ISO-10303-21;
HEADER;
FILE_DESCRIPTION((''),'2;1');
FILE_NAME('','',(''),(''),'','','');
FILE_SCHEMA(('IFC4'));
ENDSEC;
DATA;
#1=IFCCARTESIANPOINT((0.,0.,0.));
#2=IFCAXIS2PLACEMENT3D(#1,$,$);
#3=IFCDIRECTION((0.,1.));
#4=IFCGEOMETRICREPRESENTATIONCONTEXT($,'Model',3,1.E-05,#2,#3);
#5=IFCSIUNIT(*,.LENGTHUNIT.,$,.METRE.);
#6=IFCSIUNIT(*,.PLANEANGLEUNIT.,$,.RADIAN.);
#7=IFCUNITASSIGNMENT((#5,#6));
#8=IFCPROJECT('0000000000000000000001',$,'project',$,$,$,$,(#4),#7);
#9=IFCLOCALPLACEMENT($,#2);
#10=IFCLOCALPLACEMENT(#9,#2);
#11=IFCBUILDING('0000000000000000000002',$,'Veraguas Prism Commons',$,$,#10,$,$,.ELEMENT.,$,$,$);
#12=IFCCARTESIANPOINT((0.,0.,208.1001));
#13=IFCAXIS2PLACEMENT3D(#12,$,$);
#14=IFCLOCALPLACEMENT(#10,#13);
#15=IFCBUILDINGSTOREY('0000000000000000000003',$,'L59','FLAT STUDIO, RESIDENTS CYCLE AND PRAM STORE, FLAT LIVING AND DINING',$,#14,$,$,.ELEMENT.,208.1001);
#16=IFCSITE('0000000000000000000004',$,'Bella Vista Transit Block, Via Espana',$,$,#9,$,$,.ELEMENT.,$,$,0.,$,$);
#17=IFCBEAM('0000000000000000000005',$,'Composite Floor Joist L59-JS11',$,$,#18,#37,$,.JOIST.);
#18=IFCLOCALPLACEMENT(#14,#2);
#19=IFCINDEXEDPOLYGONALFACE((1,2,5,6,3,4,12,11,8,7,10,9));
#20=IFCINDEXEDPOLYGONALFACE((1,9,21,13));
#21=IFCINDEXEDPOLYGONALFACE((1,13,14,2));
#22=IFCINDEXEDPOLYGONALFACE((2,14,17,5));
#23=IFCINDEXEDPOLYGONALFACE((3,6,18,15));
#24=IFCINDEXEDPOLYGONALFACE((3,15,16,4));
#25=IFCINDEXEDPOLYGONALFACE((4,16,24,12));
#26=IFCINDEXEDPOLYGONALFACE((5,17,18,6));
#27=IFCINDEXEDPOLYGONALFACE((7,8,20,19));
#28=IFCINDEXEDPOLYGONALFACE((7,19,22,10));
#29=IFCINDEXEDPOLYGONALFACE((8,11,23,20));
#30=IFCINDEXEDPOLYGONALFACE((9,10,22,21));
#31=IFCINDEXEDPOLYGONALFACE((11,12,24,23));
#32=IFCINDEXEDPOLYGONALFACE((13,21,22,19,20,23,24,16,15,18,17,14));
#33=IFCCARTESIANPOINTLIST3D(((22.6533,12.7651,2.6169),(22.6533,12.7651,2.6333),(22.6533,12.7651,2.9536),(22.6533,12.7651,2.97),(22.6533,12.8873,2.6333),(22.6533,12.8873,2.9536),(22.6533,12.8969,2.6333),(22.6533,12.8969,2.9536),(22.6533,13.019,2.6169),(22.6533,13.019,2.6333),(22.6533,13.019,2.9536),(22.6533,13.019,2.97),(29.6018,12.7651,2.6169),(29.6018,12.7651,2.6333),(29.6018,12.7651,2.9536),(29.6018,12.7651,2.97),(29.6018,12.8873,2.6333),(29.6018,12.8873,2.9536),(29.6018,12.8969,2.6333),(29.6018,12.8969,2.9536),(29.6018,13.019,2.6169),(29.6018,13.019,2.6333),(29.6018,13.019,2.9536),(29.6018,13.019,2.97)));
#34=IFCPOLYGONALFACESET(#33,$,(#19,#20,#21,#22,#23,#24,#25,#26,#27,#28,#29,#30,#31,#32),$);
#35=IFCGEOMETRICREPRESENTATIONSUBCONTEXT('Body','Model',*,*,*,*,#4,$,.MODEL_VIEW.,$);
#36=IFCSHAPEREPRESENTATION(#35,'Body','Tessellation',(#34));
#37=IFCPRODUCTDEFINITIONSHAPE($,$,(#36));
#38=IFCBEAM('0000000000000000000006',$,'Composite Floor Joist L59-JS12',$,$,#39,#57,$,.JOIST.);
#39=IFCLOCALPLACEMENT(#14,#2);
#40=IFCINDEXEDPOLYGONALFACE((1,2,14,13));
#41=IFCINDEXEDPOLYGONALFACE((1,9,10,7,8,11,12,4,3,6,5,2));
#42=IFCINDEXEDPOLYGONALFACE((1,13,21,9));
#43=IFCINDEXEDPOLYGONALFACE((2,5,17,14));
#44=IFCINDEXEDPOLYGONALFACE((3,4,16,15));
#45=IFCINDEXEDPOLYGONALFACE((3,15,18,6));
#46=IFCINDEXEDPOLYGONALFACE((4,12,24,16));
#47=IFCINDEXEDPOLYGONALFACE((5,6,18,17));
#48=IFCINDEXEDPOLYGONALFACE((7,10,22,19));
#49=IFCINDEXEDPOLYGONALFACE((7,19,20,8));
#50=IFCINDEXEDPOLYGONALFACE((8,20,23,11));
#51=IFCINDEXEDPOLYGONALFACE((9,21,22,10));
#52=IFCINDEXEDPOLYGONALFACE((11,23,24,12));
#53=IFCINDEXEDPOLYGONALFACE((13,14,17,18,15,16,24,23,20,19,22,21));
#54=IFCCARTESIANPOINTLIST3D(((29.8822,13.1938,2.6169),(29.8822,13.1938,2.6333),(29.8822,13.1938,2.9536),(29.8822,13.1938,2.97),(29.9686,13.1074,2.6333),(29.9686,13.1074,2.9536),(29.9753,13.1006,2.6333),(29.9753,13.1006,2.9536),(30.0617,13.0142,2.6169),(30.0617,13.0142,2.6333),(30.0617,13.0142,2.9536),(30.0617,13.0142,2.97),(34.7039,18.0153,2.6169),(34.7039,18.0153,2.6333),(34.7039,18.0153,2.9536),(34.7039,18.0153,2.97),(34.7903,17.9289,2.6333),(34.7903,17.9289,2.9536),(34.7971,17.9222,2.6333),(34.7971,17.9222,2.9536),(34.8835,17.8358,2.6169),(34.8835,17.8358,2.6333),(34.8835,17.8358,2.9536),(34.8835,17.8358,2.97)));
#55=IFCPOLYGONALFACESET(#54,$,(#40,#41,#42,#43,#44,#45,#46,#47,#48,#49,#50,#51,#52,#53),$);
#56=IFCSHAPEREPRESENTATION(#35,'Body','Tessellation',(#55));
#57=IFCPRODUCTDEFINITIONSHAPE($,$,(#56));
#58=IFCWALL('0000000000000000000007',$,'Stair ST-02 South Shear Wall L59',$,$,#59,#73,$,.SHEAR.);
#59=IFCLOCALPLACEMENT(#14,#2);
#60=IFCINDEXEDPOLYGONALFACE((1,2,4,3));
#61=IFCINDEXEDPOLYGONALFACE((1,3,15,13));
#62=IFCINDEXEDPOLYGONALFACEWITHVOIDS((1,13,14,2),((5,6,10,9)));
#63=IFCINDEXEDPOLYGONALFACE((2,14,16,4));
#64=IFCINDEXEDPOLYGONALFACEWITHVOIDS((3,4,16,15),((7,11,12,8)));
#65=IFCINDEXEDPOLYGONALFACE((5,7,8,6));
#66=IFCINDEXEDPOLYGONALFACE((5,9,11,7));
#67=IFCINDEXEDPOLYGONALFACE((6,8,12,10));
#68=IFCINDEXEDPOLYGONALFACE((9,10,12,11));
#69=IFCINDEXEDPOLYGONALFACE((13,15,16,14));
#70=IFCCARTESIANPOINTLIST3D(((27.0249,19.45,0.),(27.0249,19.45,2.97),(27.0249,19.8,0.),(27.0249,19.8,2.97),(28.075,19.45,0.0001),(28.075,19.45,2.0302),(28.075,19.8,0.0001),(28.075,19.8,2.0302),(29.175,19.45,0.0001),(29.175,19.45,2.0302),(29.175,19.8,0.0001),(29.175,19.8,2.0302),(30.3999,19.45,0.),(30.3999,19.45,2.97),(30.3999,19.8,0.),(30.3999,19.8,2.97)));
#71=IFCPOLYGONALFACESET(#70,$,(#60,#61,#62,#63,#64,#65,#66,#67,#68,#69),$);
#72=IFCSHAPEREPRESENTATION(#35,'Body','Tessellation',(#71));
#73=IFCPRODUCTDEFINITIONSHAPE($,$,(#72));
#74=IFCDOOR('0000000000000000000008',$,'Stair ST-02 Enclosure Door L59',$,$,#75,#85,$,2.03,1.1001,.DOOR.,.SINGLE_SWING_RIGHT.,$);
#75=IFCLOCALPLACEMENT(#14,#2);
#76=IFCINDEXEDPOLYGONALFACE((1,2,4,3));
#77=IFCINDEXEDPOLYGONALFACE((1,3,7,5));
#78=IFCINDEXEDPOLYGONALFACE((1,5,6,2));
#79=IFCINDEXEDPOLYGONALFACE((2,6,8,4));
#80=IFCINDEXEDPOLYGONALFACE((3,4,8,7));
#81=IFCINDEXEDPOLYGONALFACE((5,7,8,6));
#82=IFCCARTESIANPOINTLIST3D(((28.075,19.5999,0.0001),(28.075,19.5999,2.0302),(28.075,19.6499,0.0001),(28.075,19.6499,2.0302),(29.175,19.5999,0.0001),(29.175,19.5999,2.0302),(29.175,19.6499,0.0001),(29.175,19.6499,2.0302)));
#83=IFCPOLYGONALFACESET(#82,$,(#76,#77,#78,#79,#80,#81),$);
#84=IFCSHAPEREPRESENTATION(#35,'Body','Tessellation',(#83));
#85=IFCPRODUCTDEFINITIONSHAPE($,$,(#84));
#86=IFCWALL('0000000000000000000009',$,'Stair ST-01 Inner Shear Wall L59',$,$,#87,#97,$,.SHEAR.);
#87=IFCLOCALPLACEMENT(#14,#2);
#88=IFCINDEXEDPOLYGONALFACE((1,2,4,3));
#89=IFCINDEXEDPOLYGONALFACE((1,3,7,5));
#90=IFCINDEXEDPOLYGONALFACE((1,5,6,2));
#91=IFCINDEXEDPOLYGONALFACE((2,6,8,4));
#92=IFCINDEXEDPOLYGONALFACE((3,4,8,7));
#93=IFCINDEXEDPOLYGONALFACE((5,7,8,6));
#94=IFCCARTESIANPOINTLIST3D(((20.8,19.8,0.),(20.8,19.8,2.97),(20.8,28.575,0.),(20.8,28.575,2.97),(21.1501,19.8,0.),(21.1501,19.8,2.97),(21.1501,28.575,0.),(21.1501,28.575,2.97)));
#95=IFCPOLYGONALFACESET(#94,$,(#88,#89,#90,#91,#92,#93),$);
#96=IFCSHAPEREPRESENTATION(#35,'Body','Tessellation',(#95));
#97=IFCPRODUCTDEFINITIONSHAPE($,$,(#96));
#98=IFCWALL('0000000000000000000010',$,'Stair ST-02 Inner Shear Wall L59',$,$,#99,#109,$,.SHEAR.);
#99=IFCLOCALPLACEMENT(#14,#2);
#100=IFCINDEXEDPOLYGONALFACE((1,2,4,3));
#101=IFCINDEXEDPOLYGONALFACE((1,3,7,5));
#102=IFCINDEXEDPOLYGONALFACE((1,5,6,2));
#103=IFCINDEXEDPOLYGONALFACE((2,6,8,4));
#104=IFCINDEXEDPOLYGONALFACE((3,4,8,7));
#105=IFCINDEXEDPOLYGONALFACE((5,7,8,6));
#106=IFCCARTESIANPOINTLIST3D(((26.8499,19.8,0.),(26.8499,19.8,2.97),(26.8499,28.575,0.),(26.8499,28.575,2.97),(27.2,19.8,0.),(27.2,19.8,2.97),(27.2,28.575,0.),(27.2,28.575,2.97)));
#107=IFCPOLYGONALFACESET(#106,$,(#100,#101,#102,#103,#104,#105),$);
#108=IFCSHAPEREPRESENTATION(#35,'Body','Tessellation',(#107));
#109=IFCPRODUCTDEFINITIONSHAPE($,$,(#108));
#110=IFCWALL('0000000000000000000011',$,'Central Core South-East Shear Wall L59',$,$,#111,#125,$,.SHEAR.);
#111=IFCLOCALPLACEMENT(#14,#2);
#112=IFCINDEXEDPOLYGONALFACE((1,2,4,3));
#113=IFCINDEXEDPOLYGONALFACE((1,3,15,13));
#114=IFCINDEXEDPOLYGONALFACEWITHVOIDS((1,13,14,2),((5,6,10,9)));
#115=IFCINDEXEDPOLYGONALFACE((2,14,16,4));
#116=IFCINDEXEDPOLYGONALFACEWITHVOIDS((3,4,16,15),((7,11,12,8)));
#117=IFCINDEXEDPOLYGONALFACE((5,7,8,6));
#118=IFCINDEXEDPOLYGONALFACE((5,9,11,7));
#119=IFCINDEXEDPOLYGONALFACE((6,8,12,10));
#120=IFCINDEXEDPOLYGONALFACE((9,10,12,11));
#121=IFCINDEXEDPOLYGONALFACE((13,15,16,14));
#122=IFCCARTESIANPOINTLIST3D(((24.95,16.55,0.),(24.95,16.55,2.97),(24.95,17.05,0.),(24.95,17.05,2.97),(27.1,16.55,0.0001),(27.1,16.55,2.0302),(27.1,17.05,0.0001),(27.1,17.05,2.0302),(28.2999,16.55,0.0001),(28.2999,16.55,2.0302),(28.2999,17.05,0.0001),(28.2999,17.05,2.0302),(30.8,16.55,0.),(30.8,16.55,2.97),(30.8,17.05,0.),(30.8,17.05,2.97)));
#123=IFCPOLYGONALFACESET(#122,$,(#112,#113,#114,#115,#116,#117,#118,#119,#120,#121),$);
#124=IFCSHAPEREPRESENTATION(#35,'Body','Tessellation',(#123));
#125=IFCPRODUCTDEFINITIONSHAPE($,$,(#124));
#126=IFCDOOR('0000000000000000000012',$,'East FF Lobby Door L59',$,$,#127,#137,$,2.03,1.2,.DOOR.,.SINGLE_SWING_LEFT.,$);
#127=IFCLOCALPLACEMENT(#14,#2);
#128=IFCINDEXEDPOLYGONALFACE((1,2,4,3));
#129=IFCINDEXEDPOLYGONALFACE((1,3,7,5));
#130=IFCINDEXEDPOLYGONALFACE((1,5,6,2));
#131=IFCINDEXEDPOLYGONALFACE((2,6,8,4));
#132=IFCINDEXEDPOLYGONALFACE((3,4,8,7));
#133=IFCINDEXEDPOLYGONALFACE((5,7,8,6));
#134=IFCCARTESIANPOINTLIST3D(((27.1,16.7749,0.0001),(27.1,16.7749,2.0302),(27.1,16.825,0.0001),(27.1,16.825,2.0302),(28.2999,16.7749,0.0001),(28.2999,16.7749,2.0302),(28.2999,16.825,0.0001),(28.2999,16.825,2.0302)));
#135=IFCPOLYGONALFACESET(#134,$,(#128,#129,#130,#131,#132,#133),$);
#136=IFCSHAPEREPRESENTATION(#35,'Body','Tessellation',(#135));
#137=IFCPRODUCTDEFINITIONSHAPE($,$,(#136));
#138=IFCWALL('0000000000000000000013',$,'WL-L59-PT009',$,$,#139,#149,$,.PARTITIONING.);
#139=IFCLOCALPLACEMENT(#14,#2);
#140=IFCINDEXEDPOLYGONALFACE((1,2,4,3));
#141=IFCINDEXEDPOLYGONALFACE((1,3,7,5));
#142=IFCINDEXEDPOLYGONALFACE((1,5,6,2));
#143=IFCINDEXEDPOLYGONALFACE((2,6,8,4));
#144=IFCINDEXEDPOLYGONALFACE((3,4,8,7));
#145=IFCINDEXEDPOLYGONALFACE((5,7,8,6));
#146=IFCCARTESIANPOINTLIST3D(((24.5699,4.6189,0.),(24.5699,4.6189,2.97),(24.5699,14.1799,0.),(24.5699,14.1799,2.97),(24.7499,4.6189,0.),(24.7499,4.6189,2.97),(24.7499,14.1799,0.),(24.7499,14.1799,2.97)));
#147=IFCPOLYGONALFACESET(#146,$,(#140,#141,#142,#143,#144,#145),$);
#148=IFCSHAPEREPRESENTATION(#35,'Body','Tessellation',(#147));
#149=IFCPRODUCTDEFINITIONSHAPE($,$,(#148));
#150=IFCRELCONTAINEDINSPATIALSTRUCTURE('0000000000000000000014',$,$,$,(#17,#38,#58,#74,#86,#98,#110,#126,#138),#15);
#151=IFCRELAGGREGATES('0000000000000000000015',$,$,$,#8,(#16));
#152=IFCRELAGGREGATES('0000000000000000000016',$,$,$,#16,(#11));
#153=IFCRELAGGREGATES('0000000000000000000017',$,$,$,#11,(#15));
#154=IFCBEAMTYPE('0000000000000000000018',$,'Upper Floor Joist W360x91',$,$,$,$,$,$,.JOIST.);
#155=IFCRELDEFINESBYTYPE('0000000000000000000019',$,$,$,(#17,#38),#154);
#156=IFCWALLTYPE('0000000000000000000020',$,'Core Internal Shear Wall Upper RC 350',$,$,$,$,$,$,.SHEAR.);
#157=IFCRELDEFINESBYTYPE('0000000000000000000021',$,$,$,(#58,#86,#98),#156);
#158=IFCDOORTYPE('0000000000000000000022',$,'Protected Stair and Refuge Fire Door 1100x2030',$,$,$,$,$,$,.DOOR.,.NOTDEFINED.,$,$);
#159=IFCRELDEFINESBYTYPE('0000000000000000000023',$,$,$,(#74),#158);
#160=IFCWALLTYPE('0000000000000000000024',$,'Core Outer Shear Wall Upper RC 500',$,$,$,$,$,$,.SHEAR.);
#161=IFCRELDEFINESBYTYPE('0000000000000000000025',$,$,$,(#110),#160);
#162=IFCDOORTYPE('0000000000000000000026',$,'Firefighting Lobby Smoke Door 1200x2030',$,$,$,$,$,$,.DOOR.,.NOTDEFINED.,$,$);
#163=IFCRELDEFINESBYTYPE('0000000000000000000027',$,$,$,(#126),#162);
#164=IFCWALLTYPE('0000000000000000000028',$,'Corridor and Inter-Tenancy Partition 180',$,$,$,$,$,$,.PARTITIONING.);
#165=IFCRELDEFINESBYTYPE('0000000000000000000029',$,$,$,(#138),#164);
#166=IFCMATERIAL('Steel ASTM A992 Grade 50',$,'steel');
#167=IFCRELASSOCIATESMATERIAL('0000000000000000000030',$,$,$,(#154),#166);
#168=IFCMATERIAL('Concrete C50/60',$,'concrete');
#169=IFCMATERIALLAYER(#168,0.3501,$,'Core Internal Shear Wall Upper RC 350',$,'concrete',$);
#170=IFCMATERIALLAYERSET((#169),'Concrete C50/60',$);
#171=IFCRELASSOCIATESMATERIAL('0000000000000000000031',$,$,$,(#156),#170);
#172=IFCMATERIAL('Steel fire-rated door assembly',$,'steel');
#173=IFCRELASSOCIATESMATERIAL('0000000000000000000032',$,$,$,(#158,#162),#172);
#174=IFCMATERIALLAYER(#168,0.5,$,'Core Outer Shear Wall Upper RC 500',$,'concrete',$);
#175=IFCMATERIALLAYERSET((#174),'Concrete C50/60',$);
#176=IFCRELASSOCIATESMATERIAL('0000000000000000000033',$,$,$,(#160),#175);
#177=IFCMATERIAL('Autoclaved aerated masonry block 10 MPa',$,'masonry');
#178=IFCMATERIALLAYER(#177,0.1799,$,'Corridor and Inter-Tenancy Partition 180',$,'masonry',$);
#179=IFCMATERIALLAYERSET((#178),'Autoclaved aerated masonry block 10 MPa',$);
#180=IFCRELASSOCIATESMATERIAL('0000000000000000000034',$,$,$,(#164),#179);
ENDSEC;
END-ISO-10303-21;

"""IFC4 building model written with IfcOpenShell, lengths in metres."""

from ifc_helpers import new_model, si_unit, direction, frame, frame_2d, origin, origin_2d, place, context, subcontext, project, spatial, rectangle, i_section, extrude, source, transform, mapped, material, layer, layer_set, material_profile, profile_set, type_object, element, fill, save


model = new_model("IFC4")

# Units and contexts
model_context = context("Model", 3, precision=1e-05, world=origin(), true_north=direction((0.0, 1.0)))
body_context = subcontext(model_context, "Body", "Model", "MODEL_VIEW")
ifc_project = project(units=[si_unit("LENGTHUNIT", "METRE"), si_unit("PLANEANGLEUNIT", "RADIAN")], contexts=[model_context])

# Site, building, storey
site_placement = place(None, origin())
site = spatial("IfcSite", under=ifc_project, at=site_placement, Name="Bella Vista Transit Block, Via Espana", CompositionType="ELEMENT", RefElevation=0.0)
building_placement = place(site_placement, origin())
building = spatial("IfcBuilding", under=site, at=building_placement, Name="Veraguas Prism Commons", CompositionType="ELEMENT")
storey_placement = place(building_placement, frame((0.0, 0.0, 208.1001)))
storey = spatial("IfcBuildingStorey", under=building, at=storey_placement, Name="L59", Description="FLAT STUDIO, RESIDENTS CYCLE AND PRAM STORE, FLAT LIVING AND DINING", CompositionType="ELEMENT", Elevation=208.1001)

# Beams
ifc_material_1 = material(Name="Steel ASTM A992 Grade 50", Category="steel")
ifc_material_profile = material_profile(ifc_material_1, i_section(OverallWidth=0.2539, OverallDepth=0.353, WebThickness=0.0095, FlangeThickness=0.0164, at=origin_2d()), Name="W360X91")
ifc_profile_set = profile_set([ifc_material_profile], Name="Steel ASTM A992 Grade 50")
beam_type = type_object("IfcBeamType", Name="Upper Floor Joist W360x91", PredefinedType="JOIST", material=ifc_profile_set)
beam_1_placement = place(storey_placement, frame((22.6533, 12.8921, 2.7935), z_axis=(1.0, 0.0, 0.0), x_axis=(0.0, 1.0, 0.0)))
element("IfcBeam", 1, at=beam_1_placement, inside=storey, type_object=beam_type, Name="Composite Floor Joist L59-JS11", PredefinedType="JOIST", context=body_context, shape_type="SweptSolid", body=[
    extrude(i_section(OverallWidth=0.2539, OverallDepth=0.353, WebThickness=0.0095, FlangeThickness=0.0164, at=origin_2d()), origin(), (0.0, 0.0, 1.0), 6.9485),
])
beam_2_placement = place(storey_placement, frame((29.9719, 13.104, 2.7935), z_axis=(0.707125, 0.707089, 0.0), x_axis=(-0.707089, 0.707125, 0.0)))
element("IfcBeam", 2, at=beam_2_placement, inside=storey, type_object=beam_type, Name="Composite Floor Joist L59-JS12", PredefinedType="JOIST", context=body_context, shape_type="SweptSolid", body=[
    extrude(i_section(OverallWidth=0.2539, OverallDepth=0.353, WebThickness=0.0095, FlangeThickness=0.0164, at=origin_2d()), origin(), (0.0, 0.0, 1.0), 6.8188),
])

# Wall, opening, door
ifc_material_2 = material(Name="Concrete C50/60", Category="concrete")
ifc_layer_1 = layer(ifc_material_2, 0.3501, Name="Core Internal Shear Wall Upper RC 350", Category="concrete")
ifc_layer_set_1 = layer_set([ifc_layer_1], Name="Concrete C50/60")
wall_type_1 = type_object("IfcWallType", Name="Core Internal Shear Wall Upper RC 350", PredefinedType="SHEAR", material=ifc_layer_set_1)
wall_1_placement = place(storey_placement, frame((27.0249, 19.625, 0.0), z_axis=(0.0, 0.0, 1.0), x_axis=(1.0, 0.0, 0.0)))
wall_1 = element("IfcWall", 3, at=wall_1_placement, inside=storey, type_object=wall_type_1, Name="Stair ST-02 South Shear Wall L59", PredefinedType="SHEAR", context=body_context, shape_type="SweptSolid", body=[
    extrude(rectangle(XDim=3.375, YDim=0.3501, at=frame_2d((1.6875, 0.0))), origin(), (0.0, 0.0, 1.0), 2.97),
])
opening_1_placement = place(wall_1_placement, frame((1.05, 0.0, 0.0)))
opening_1 = element("IfcOpeningElement", 4, at=opening_1_placement, cuts=wall_1, PredefinedType="OPENING", context=body_context, shape_type="SweptSolid", body=[
    extrude(rectangle(XDim=1.1001, YDim=2.03, at=frame_2d((0.55, 1.0151))), frame((0.0, 0.1851, 0.0), z_axis=(0.0, -1.0, 0.0), x_axis=(1.0, 0.0, 0.0)), (0.0, 0.0, 1.0), 0.3701),
])
ifc_material_3 = material(Name="Steel fire-rated door assembly", Category="steel")
door_type_1 = type_object("IfcDoorType", Name="Protected Stair and Refuge Fire Door 1100x2030", OperationType="NOTDEFINED", PredefinedType="DOOR", material=ifc_material_3)
shared_shape_1 = source(origin(), body_context, "Body", "SweptSolid", [
    extrude(rectangle(XDim=1.1001, YDim=2.03, at=frame_2d((0.55, 1.0151))), frame((0.0, 0.0249, 0.0), z_axis=(0.0, -1.0, 0.0), x_axis=(1.0, 0.0, 0.0)), (0.0, 0.0, 1.0), 0.05),
])
door_1_placement = place(opening_1_placement, origin())
door_1 = element("IfcDoor", 5, at=door_1_placement, inside=storey, type_object=door_type_1, Name="Stair ST-02 Enclosure Door L59", OperationType="SINGLE_SWING_RIGHT", OverallHeight=2.03, OverallWidth=1.1001, PredefinedType="DOOR", context=body_context, shape_type="MappedRepresentation", body=[
    mapped(shared_shape_1, transform((0.0, 0.0, 0.0), scale=1.0)),
])
fill(opening_1, door_1)

# Walls
for number, where, z_axis, x_axis, name in (
    (6, (20.9751, 19.8, 0.0), (0.0, 0.0, 1.0), (0.0, 1.0, 0.0), "Stair ST-01 Inner Shear Wall L59"),
    (7, (27.0249, 19.8, 0.0), (0.0, 0.0, 1.0), (0.0, 1.0, 0.0), "Stair ST-02 Inner Shear Wall L59"),
):
    element("IfcWall", number, at=place(storey_placement, frame(where, z_axis=z_axis, x_axis=x_axis)), inside=storey, type_object=wall_type_1, Name=name, PredefinedType="SHEAR", context=body_context, shape_type="SweptSolid", body=[
        extrude(rectangle(XDim=8.7749, YDim=0.3501, at=frame_2d((4.3875, 0.0))), origin(), (0.0, 0.0, 1.0), 2.97),
    ])

# Wall, opening, door
ifc_layer_2 = layer(ifc_material_2, 0.5, Name="Core Outer Shear Wall Upper RC 500", Category="concrete")
ifc_layer_set_2 = layer_set([ifc_layer_2], Name="Concrete C50/60")
wall_type_2 = type_object("IfcWallType", Name="Core Outer Shear Wall Upper RC 500", PredefinedType="SHEAR", material=ifc_layer_set_2)
wall_2_placement = place(storey_placement, frame((24.95, 16.8, 0.0), z_axis=(0.0, 0.0, 1.0), x_axis=(1.0, 0.0, 0.0)))
wall_2 = element("IfcWall", 8, at=wall_2_placement, inside=storey, type_object=wall_type_2, Name="Central Core South-East Shear Wall L59", PredefinedType="SHEAR", context=body_context, shape_type="SweptSolid", body=[
    extrude(rectangle(XDim=5.8501, YDim=0.5, at=frame_2d((2.925, 0.0))), origin(), (0.0, 0.0, 1.0), 2.97),
])
opening_2_placement = place(wall_2_placement, frame((2.1499, 0.0, 0.0)))
opening_2 = element("IfcOpeningElement", 9, at=opening_2_placement, cuts=wall_2, PredefinedType="OPENING", context=body_context, shape_type="SweptSolid", body=[
    extrude(rectangle(XDim=1.2, YDim=2.03, at=frame_2d((0.6001, 1.0151))), frame((0.0, 0.26, 0.0), z_axis=(0.0, -1.0, 0.0), x_axis=(1.0, 0.0, 0.0)), (0.0, 0.0, 1.0), 0.52),
])
door_type_2 = type_object("IfcDoorType", Name="Firefighting Lobby Smoke Door 1200x2030", OperationType="NOTDEFINED", PredefinedType="DOOR", material=ifc_material_3)
shared_shape_2 = source(origin(), body_context, "Body", "SweptSolid", [
    extrude(rectangle(XDim=1.2, YDim=2.03, at=frame_2d((0.6001, 1.0151))), frame((0.0, 0.0249, 0.0), z_axis=(0.0, -1.0, 0.0), x_axis=(1.0, 0.0, 0.0)), (0.0, 0.0, 1.0), 0.05),
])
door_2_placement = place(opening_2_placement, origin())
door_2 = element("IfcDoor", 10, at=door_2_placement, inside=storey, type_object=door_type_2, Name="East FF Lobby Door L59", OperationType="SINGLE_SWING_LEFT", OverallHeight=2.03, OverallWidth=1.2, PredefinedType="DOOR", context=body_context, shape_type="MappedRepresentation", body=[
    mapped(shared_shape_2, transform((0.0, 0.0, 0.0), scale=1.0)),
])
fill(opening_2, door_2)

# Wall
ifc_material_4 = material(Name="Autoclaved aerated masonry block 10 MPa", Category="masonry")
ifc_layer_3 = layer(ifc_material_4, 0.1799, Name="Corridor and Inter-Tenancy Partition 180", Category="masonry")
ifc_layer_set_3 = layer_set([ifc_layer_3], Name="Autoclaved aerated masonry block 10 MPa")
wall_type_3 = type_object("IfcWallType", Name="Corridor and Inter-Tenancy Partition 180", PredefinedType="PARTITIONING", material=ifc_layer_set_3)
wall_3_placement = place(storey_placement, frame((24.6599, 14.1799, 0.0), z_axis=(0.0, 0.0, 1.0), x_axis=(0.0, -1.0, 0.0)))
element("IfcWall", 11, at=wall_3_placement, inside=storey, type_object=wall_type_3, Name="WL-L59-PT009", PredefinedType="PARTITIONING", context=body_context, shape_type="SweptSolid", body=[
    extrude(rectangle(XDim=9.561, YDim=0.1799, at=frame_2d((4.7805, 0.0))), origin(), (0.0, 0.0, 1.0), 2.97),
])

save(model, "model.ifc")
